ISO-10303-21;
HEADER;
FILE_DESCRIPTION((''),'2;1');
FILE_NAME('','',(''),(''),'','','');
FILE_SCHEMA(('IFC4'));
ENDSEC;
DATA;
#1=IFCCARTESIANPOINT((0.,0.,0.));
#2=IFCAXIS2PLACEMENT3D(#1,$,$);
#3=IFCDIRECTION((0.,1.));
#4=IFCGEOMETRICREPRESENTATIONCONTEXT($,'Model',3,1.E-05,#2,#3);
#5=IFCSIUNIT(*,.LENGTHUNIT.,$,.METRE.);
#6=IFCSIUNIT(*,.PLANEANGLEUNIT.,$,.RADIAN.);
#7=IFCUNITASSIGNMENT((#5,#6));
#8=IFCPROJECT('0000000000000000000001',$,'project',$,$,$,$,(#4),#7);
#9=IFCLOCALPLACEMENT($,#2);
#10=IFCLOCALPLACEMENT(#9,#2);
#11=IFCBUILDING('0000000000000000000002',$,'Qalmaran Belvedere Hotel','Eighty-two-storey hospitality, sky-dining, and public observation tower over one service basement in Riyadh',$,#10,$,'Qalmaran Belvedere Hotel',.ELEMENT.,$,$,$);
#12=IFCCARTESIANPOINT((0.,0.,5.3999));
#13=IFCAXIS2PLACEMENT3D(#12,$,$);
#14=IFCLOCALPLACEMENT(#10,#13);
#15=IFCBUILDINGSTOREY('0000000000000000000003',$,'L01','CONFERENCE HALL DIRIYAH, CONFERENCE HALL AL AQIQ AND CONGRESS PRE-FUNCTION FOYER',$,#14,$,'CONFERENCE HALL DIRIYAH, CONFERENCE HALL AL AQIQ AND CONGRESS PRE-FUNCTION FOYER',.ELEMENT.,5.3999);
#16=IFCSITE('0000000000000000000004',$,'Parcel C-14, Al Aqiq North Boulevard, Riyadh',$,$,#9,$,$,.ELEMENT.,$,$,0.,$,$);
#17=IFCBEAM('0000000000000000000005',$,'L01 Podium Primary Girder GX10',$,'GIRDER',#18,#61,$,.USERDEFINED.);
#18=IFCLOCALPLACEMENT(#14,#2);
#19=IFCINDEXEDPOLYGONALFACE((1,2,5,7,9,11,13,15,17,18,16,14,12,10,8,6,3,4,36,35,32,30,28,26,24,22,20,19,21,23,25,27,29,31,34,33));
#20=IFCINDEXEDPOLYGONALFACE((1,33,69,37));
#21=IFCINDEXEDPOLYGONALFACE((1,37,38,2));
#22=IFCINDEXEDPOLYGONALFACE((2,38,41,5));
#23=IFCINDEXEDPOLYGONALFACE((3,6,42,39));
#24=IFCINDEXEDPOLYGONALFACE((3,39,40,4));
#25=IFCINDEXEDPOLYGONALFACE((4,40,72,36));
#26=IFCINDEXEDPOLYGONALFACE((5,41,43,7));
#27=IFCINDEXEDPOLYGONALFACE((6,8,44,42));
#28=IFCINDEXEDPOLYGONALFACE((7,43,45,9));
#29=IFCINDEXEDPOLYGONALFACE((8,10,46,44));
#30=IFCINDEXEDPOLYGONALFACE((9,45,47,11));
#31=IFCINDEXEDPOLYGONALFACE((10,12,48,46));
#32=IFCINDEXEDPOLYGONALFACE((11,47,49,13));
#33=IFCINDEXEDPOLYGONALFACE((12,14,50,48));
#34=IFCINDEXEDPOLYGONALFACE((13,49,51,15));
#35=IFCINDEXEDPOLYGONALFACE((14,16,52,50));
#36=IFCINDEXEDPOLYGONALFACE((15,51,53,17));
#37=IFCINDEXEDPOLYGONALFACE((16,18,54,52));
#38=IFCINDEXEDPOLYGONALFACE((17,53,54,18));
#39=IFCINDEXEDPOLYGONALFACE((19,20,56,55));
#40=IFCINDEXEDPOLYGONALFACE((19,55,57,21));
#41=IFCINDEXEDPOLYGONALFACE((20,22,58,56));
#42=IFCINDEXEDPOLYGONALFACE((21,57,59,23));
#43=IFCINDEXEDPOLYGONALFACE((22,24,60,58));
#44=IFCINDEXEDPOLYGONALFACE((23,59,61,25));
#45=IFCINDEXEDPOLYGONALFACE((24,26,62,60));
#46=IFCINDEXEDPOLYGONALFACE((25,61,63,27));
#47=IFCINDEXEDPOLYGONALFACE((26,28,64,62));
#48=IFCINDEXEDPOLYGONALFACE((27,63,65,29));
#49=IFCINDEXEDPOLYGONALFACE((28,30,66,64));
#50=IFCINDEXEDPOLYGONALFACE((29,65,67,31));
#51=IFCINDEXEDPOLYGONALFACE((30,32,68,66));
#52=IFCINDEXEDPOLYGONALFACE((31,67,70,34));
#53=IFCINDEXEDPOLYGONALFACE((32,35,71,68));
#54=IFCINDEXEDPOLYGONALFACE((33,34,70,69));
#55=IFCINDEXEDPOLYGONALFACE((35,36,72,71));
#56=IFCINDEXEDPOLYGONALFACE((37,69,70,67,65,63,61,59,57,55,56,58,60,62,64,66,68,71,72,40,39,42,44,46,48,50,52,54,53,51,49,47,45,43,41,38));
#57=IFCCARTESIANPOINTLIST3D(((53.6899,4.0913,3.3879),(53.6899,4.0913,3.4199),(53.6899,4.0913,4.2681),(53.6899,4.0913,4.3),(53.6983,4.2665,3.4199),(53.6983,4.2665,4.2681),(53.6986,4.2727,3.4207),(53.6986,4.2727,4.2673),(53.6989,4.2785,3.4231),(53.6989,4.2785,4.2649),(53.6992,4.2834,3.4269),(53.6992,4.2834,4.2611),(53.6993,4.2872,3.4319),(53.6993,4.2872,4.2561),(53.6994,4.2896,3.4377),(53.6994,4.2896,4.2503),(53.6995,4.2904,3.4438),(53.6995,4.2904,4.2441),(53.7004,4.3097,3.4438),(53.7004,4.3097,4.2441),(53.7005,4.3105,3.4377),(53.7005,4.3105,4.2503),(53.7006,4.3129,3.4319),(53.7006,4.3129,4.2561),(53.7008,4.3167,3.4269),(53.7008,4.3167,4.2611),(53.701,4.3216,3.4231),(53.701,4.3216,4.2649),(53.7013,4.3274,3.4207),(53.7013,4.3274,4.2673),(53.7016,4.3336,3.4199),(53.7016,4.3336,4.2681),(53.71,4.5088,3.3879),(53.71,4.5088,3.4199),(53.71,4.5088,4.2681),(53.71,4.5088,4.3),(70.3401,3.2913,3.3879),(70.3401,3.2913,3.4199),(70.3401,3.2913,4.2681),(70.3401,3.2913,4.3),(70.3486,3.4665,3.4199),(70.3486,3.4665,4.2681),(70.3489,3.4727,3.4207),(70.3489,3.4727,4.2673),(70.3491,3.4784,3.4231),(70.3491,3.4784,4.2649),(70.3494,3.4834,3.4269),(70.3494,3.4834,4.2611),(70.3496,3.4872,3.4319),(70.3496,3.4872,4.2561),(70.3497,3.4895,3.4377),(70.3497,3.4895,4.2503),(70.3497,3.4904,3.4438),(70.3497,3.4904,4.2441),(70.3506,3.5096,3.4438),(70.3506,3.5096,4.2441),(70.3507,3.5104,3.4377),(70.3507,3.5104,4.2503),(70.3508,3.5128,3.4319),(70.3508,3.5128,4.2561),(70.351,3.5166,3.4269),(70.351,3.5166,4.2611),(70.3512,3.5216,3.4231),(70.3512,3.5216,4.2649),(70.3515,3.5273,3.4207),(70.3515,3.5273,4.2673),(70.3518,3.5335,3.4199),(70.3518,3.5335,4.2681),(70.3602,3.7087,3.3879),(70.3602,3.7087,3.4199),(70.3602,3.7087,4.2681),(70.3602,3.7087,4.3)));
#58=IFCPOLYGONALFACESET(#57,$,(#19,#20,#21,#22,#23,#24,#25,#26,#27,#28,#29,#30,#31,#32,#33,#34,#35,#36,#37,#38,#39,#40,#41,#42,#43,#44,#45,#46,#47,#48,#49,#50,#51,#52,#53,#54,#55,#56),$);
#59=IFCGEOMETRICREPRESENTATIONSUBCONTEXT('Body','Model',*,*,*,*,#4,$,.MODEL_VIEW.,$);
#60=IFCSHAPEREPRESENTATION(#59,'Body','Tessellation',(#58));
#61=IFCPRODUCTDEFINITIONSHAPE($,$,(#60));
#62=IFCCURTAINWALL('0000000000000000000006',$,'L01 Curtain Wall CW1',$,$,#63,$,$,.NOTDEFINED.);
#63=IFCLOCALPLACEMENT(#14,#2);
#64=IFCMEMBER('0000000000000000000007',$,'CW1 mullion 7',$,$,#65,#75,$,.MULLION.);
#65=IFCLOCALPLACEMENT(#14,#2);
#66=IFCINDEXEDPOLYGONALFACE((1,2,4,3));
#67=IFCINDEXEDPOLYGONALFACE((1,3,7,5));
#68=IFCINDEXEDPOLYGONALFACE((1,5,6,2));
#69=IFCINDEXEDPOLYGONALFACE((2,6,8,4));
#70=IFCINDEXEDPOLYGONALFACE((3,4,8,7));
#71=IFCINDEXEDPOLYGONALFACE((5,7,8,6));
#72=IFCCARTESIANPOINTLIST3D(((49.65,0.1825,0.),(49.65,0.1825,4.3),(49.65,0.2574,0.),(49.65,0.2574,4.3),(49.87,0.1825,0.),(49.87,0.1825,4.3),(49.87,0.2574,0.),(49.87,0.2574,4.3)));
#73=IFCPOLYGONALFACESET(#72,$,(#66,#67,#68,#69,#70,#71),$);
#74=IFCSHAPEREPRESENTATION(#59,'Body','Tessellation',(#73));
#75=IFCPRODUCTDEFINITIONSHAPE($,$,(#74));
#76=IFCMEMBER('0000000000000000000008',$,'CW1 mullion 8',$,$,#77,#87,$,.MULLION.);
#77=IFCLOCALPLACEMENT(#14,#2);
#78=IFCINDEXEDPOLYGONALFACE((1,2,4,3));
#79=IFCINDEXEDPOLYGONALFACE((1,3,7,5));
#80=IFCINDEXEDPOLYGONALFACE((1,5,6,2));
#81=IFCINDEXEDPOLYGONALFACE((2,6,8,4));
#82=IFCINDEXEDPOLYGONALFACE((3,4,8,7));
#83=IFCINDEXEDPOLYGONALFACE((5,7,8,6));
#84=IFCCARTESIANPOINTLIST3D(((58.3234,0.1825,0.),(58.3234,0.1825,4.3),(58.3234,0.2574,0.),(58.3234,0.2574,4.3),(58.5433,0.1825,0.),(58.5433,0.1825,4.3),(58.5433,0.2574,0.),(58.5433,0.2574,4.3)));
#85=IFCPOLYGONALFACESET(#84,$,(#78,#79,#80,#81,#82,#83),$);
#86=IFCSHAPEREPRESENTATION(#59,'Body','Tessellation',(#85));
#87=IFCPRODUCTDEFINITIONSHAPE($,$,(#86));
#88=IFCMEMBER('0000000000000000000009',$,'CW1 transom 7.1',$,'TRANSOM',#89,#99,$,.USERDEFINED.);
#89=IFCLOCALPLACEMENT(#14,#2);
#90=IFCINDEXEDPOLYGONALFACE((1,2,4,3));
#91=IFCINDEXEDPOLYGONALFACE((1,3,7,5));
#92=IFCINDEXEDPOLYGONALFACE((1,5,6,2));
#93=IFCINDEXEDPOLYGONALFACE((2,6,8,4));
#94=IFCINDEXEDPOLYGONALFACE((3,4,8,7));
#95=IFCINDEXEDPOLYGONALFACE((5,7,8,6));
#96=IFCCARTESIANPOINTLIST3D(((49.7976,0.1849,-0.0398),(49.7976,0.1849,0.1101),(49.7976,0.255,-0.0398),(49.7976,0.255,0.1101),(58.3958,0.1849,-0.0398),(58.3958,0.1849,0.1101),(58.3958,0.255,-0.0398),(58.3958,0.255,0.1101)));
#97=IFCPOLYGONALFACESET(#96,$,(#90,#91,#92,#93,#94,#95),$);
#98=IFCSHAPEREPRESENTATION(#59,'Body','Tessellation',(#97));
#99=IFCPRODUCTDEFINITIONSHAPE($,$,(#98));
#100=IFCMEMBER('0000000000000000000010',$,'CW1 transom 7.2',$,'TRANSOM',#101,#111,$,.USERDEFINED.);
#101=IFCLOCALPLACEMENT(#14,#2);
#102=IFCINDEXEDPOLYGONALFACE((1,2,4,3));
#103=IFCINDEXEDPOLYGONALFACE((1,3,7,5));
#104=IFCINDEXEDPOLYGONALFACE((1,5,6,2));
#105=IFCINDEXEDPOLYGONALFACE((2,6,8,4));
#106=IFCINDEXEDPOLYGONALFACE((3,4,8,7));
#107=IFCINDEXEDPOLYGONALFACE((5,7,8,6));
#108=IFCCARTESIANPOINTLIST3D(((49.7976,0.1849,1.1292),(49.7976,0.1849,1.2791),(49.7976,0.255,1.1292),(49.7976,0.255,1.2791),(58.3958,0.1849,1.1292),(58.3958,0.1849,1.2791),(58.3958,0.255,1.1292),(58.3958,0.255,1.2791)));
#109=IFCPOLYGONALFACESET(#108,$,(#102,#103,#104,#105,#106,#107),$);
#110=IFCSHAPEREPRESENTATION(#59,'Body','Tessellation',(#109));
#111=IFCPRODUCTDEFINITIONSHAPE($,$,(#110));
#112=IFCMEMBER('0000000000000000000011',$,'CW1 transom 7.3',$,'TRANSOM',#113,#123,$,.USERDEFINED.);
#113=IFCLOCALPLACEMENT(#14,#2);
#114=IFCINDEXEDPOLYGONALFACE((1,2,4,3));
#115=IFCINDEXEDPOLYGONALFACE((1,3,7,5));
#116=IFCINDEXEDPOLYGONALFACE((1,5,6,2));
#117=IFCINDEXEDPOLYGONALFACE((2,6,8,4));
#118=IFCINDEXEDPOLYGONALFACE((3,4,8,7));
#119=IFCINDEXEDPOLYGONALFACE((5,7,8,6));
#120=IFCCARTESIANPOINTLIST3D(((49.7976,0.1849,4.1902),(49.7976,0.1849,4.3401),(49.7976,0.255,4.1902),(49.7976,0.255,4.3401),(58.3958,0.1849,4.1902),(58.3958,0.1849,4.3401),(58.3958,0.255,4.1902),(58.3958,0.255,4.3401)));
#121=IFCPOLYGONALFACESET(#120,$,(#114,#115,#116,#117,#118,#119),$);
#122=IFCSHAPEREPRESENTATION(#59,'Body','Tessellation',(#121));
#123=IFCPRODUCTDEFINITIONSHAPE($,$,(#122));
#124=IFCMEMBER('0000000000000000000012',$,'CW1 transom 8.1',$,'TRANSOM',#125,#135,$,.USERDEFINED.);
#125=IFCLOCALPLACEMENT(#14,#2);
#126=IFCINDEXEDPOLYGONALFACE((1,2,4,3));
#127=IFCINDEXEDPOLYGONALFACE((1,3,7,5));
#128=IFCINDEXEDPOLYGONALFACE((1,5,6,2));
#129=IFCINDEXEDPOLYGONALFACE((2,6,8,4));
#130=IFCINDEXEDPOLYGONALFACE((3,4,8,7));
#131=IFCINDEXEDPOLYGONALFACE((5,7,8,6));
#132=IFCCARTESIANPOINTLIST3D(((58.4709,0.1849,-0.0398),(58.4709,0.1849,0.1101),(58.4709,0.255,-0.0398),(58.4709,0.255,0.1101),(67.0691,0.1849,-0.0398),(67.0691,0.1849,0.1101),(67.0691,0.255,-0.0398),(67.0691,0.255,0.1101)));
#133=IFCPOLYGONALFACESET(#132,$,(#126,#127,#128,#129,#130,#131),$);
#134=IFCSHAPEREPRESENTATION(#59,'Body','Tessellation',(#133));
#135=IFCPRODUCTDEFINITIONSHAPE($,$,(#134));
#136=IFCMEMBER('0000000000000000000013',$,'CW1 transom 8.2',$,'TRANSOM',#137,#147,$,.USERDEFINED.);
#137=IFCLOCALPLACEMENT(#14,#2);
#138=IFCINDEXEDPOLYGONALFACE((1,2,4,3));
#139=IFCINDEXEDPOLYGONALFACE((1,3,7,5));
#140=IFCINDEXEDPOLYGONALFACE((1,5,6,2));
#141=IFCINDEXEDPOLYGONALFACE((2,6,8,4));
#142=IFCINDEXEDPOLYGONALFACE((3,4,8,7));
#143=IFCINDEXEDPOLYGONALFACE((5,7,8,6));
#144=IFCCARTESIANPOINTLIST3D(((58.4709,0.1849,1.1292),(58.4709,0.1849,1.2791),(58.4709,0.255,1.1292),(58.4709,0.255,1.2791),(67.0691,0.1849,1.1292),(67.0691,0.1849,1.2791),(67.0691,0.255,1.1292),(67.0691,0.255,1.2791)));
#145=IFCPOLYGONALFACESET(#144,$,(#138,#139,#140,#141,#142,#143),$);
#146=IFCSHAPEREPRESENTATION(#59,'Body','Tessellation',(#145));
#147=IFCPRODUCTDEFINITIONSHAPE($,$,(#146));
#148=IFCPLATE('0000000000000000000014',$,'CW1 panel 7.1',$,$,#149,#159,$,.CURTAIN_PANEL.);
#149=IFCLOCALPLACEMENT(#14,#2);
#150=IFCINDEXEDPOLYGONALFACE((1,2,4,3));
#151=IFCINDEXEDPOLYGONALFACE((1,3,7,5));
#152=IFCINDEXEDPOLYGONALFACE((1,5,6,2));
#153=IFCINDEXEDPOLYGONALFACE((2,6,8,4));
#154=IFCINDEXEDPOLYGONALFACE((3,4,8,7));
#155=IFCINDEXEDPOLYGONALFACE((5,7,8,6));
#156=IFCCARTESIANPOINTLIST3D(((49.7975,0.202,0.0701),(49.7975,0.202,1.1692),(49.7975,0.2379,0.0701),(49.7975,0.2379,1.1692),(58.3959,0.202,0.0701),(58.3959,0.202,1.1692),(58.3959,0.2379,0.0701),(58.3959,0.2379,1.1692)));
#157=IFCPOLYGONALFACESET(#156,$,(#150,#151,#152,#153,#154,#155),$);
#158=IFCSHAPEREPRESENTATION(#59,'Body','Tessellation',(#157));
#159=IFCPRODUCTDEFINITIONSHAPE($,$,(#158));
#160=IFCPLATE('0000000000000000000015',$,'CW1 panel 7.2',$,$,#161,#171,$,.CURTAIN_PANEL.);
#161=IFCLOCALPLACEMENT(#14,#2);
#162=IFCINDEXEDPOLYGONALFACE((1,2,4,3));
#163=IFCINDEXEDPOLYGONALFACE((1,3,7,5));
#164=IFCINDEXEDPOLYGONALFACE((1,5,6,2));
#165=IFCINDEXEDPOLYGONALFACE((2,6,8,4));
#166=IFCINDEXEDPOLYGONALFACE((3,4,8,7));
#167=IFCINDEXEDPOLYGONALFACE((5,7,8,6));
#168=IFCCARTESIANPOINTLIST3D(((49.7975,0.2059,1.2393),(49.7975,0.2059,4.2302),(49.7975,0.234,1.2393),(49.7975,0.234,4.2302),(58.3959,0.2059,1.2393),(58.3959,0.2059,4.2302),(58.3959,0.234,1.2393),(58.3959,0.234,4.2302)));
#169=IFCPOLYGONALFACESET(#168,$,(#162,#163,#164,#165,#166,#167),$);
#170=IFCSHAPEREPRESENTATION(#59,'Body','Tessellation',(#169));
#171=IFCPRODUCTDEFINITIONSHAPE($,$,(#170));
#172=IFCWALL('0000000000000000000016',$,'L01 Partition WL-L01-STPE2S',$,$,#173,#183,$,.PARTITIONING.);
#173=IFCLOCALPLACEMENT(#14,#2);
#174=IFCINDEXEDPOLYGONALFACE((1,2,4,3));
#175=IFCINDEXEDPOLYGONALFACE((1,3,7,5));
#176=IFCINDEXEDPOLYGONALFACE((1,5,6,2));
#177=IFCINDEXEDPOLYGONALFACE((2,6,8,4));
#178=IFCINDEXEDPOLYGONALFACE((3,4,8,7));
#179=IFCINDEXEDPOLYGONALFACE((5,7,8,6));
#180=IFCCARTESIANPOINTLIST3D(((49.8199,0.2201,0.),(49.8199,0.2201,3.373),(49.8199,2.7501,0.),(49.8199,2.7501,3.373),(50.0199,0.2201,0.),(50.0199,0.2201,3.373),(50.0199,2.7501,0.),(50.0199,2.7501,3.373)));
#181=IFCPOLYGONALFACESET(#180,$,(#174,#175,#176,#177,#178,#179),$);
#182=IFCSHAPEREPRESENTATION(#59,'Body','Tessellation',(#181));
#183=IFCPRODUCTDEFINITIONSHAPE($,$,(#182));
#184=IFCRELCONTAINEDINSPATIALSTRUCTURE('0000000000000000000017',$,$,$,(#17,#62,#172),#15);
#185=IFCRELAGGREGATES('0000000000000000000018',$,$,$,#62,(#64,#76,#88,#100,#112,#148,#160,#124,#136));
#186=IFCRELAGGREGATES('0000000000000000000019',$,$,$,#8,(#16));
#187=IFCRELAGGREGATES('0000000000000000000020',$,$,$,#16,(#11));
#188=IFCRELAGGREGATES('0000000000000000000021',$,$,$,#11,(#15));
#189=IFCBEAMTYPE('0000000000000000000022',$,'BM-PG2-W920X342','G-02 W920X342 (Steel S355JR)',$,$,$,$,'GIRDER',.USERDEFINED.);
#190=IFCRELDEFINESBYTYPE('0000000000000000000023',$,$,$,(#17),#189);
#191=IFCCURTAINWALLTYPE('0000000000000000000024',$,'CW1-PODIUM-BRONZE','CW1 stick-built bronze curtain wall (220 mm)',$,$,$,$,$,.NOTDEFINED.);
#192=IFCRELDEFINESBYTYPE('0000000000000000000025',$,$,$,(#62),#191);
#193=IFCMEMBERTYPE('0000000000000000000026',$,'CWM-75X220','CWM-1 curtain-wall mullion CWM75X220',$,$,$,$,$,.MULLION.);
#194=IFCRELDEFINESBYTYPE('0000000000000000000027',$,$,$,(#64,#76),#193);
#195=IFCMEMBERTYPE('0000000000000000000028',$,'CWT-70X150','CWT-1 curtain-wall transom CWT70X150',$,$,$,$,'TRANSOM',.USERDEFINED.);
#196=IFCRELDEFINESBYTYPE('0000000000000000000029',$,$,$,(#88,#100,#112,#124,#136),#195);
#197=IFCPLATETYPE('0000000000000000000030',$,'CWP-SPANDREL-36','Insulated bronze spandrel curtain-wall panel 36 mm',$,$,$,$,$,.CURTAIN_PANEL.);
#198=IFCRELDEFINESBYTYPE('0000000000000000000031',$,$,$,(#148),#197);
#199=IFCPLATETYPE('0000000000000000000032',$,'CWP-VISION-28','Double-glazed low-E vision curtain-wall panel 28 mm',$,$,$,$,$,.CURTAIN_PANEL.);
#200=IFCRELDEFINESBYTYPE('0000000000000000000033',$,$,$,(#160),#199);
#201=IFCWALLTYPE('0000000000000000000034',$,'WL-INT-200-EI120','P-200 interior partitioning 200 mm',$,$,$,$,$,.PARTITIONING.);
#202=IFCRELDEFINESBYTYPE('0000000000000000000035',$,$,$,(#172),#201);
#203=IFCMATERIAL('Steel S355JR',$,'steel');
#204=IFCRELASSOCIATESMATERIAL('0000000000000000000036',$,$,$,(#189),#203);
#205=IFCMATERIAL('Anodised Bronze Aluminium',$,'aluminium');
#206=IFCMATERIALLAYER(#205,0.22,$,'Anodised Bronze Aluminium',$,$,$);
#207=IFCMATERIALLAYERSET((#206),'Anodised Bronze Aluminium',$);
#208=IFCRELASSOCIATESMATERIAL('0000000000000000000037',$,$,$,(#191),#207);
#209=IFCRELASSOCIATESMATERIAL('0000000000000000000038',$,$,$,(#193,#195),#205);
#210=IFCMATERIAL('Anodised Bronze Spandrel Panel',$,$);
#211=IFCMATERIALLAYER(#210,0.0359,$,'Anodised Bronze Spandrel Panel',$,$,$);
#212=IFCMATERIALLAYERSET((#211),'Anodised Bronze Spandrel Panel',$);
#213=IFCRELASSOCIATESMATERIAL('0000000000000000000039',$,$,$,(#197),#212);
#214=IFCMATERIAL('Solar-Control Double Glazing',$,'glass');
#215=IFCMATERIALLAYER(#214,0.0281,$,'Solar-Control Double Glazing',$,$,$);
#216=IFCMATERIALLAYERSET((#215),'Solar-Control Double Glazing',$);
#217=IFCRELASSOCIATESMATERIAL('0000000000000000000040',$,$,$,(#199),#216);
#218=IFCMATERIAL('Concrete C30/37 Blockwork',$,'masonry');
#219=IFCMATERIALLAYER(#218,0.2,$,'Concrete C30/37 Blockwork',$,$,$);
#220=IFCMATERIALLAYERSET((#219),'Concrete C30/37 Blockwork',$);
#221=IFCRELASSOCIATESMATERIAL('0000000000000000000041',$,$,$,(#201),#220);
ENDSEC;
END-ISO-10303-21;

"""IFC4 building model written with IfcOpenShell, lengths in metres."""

from ifc_helpers import new_model, si_unit, direction, frame, frame_2d, origin, origin_2d, place, context, subcontext, project, spatial, rectangle, i_section, extrude, material, layer, layer_set, material_profile, profile_set, type_object, element, aggregate, save


model = new_model("IFC4")

# Units and contexts
model_context = context("Model", 3, precision=1e-05, world=origin(), true_north=direction((0.0, 1.0)))
body_context = subcontext(model_context, "Body", "Model", "MODEL_VIEW")
ifc_project = project(units=[si_unit("LENGTHUNIT", "METRE"), si_unit("PLANEANGLEUNIT", "RADIAN")], contexts=[model_context])

# Site, building, storey
site_placement = place(None, origin())
site = spatial("IfcSite", under=ifc_project, at=site_placement, Name="Parcel C-14, Al Aqiq North Boulevard, Riyadh", CompositionType="ELEMENT", RefElevation=0.0)
building_placement = place(site_placement, origin())
building = spatial("IfcBuilding", under=site, at=building_placement, Name="Qalmaran Belvedere Hotel", Description="Eighty-two-storey hospitality, sky-dining, and public observation tower over one service basement in Riyadh", LongName="Qalmaran Belvedere Hotel", CompositionType="ELEMENT")
storey_placement = place(building_placement, frame((0.0, 0.0, 5.3999)))
storey = spatial("IfcBuildingStorey", under=building, at=storey_placement, Name="L01", Description="CONFERENCE HALL DIRIYAH, CONFERENCE HALL AL AQIQ AND CONGRESS PRE-FUNCTION FOYER", LongName="CONFERENCE HALL DIRIYAH, CONFERENCE HALL AL AQIQ AND CONGRESS PRE-FUNCTION FOYER", CompositionType="ELEMENT", Elevation=5.3999)

# Beam
ifc_material_1 = material(Name="Steel S355JR", Category="steel")
ifc_material_profile_1 = material_profile(ifc_material_1, i_section(OverallWidth=0.418, OverallDepth=0.9121, WebThickness=0.0193, FlangeThickness=0.032, FilletRadius=0.0239, at=origin_2d()), Name="W920X342")
ifc_profile_set_1 = profile_set([ifc_material_profile_1], Name="Steel S355JR")
beam_type_1 = type_object("IfcBeamType", Name="BM-PG2-W920X342", Description="G-02 W920X342 (Steel S355JR)", ElementType="GIRDER", PredefinedType="USERDEFINED", material=ifc_profile_set_1)
beam_1_placement = place(storey_placement, frame((53.7, 4.3, 3.844), z_axis=(0.998848, -0.047995, 0.0), x_axis=(0.047995, 0.998848, 0.0)))
element("IfcBeam", 1, at=beam_1_placement, inside=storey, type_object=beam_type_1, Name="L01 Podium Primary Girder GX10", ObjectType="GIRDER", PredefinedType="USERDEFINED", context=body_context, shape_type="SweptSolid", body=[
    extrude(i_section(OverallWidth=0.418, OverallDepth=0.9121, WebThickness=0.0193, FlangeThickness=0.032, FilletRadius=0.0239, at=origin_2d()), origin(), (0.0, 0.0, 1.0), 16.6694),
])

# Curtain wall, members, plates
ifc_material_2 = material(Name="Anodised Bronze Aluminium", Category="aluminium")
ifc_layer_1 = layer(ifc_material_2, 0.22, Name="Anodised Bronze Aluminium")
ifc_layer_set_1 = layer_set([ifc_layer_1], Name="Anodised Bronze Aluminium")
curtain_wall_type = type_object("IfcCurtainWallType", Name="CW1-PODIUM-BRONZE", Description="CW1 stick-built bronze curtain wall (220 mm)", PredefinedType="NOTDEFINED", material=ifc_layer_set_1)
curtain_wall_placement = place(storey_placement, origin())
curtain_wall = element("IfcCurtainWall", 2, at=curtain_wall_placement, inside=storey, type_object=curtain_wall_type, Name="L01 Curtain Wall CW1", PredefinedType="NOTDEFINED")
ifc_material_profile_2 = material_profile(ifc_material_2, rectangle(XDim=0.075, YDim=0.22, at=origin_2d()), Name="CWM75X220")
ifc_profile_set_2 = profile_set([ifc_material_profile_2], Name="Anodised Bronze Aluminium")
member_type_1 = type_object("IfcMemberType", Name="CWM-75X220", Description="CWM-1 curtain-wall mullion CWM75X220", PredefinedType="MULLION", material=ifc_profile_set_2)
member_1_placement = place(storey_placement, frame((49.76, 0.22, 0.0), z_axis=(0.0, 0.0, 1.0), x_axis=(0.0, 1.0, 0.0)))
member_1 = element("IfcMember", 3, at=member_1_placement, type_object=member_type_1, Name="CW1 mullion 7", PredefinedType="MULLION", context=body_context, shape_type="SweptSolid", body=[
    extrude(rectangle(XDim=0.075, YDim=0.22, at=origin_2d()), origin(), (0.0, 0.0, 1.0), 4.3),
])
member_2_placement = place(storey_placement, frame((58.4333, 0.22, 0.0), z_axis=(0.0, 0.0, 1.0), x_axis=(0.0, 1.0, 0.0)))
member_2 = element("IfcMember", 4, at=member_2_placement, type_object=member_type_1, Name="CW1 mullion 8", PredefinedType="MULLION", context=body_context, shape_type="SweptSolid", body=[
    extrude(rectangle(XDim=0.075, YDim=0.22, at=origin_2d()), origin(), (0.0, 0.0, 1.0), 4.3),
])
ifc_material_profile_3 = material_profile(ifc_material_2, rectangle(XDim=0.0701, YDim=0.1499, at=origin_2d()), Name="CWT70X150")
ifc_profile_set_3 = profile_set([ifc_material_profile_3], Name="Anodised Bronze Aluminium")
member_type_2 = type_object("IfcMemberType", Name="CWT-70X150", Description="CWT-1 curtain-wall transom CWT70X150", ElementType="TRANSOM", PredefinedType="USERDEFINED", material=ifc_profile_set_3)
member_3_placement = place(storey_placement, frame((49.7976, 0.22, 0.0352), z_axis=(1.0, 0.0, 0.0), x_axis=(0.0, 1.0, 0.0)))
member_3 = element("IfcMember", 5, at=member_3_placement, type_object=member_type_2, Name="CW1 transom 7.1", ObjectType="TRANSOM", PredefinedType="USERDEFINED", context=body_context, shape_type="SweptSolid", body=[
    extrude(rectangle(XDim=0.0701, YDim=0.1499, at=origin_2d()), origin(), (0.0, 0.0, 1.0), 8.5981),
])
member_4_placement = place(storey_placement, frame((49.7976, 0.22, 1.2041), z_axis=(1.0, 0.0, 0.0), x_axis=(0.0, 1.0, 0.0)))
member_4 = element("IfcMember", 6, at=member_4_placement, type_object=member_type_2, Name="CW1 transom 7.2", ObjectType="TRANSOM", PredefinedType="USERDEFINED", context=body_context, shape_type="SweptSolid", body=[
    extrude(rectangle(XDim=0.0701, YDim=0.1499, at=origin_2d()), origin(), (0.0, 0.0, 1.0), 8.5981),
])
member_5_placement = place(storey_placement, frame((49.7976, 0.22, 4.2651), z_axis=(1.0, 0.0, 0.0), x_axis=(0.0, 1.0, 0.0)))
member_5 = element("IfcMember", 7, at=member_5_placement, type_object=member_type_2, Name="CW1 transom 7.3", ObjectType="TRANSOM", PredefinedType="USERDEFINED", context=body_context, shape_type="SweptSolid", body=[
    extrude(rectangle(XDim=0.0701, YDim=0.1499, at=origin_2d()), origin(), (0.0, 0.0, 1.0), 8.5981),
])
member_6_placement = place(storey_placement, frame((58.4709, 0.22, 0.0352), z_axis=(1.0, 0.0, 0.0), x_axis=(0.0, 1.0, 0.0)))
member_6 = element("IfcMember", 8, at=member_6_placement, type_object=member_type_2, Name="CW1 transom 8.1", ObjectType="TRANSOM", PredefinedType="USERDEFINED", context=body_context, shape_type="SweptSolid", body=[
    extrude(rectangle(XDim=0.0701, YDim=0.1499, at=origin_2d()), origin(), (0.0, 0.0, 1.0), 8.5981),
])
member_7_placement = place(storey_placement, frame((58.4709, 0.22, 1.2041), z_axis=(1.0, 0.0, 0.0), x_axis=(0.0, 1.0, 0.0)))
member_7 = element("IfcMember", 9, at=member_7_placement, type_object=member_type_2, Name="CW1 transom 8.2", ObjectType="TRANSOM", PredefinedType="USERDEFINED", context=body_context, shape_type="SweptSolid", body=[
    extrude(rectangle(XDim=0.0701, YDim=0.1499, at=origin_2d()), origin(), (0.0, 0.0, 1.0), 8.5981),
])
ifc_material_3 = material(Name="Anodised Bronze Spandrel Panel")
ifc_layer_2 = layer(ifc_material_3, 0.0359, Name="Anodised Bronze Spandrel Panel")
ifc_layer_set_2 = layer_set([ifc_layer_2], Name="Anodised Bronze Spandrel Panel")
plate_type_1 = type_object("IfcPlateType", Name="CWP-SPANDREL-36", Description="Insulated bronze spandrel curtain-wall panel 36 mm", PredefinedType="CURTAIN_PANEL", material=ifc_layer_set_2)
plate_1_placement = place(storey_placement, frame((54.0967, 0.22, 0.0701), z_axis=(0.0, 0.0, 1.0), x_axis=(1.0, 0.0, 0.0)))
plate_1 = element("IfcPlate", 10, at=plate_1_placement, type_object=plate_type_1, Name="CW1 panel 7.1", PredefinedType="CURTAIN_PANEL", context=body_context, shape_type="SweptSolid", body=[
    extrude(rectangle(XDim=8.5984, YDim=0.0359, at=origin_2d()), origin(), (0.0, 0.0, 1.0), 1.0991),
])
ifc_material_4 = material(Name="Solar-Control Double Glazing", Category="glass")
ifc_layer_3 = layer(ifc_material_4, 0.0281, Name="Solar-Control Double Glazing")
ifc_layer_set_3 = layer_set([ifc_layer_3], Name="Solar-Control Double Glazing")
plate_type_2 = type_object("IfcPlateType", Name="CWP-VISION-28", Description="Double-glazed low-E vision curtain-wall panel 28 mm", PredefinedType="CURTAIN_PANEL", material=ifc_layer_set_3)
plate_2_placement = place(storey_placement, frame((54.0967, 0.22, 1.2393), z_axis=(0.0, 0.0, 1.0), x_axis=(1.0, 0.0, 0.0)))
plate_2 = element("IfcPlate", 11, at=plate_2_placement, type_object=plate_type_2, Name="CW1 panel 7.2", PredefinedType="CURTAIN_PANEL", context=body_context, shape_type="SweptSolid", body=[
    extrude(rectangle(XDim=8.5984, YDim=0.0281, at=origin_2d()), origin(), (0.0, 0.0, 1.0), 2.991),
])
aggregate(curtain_wall, [member_1, member_2, member_3, member_4, member_5, plate_1, plate_2, member_6, member_7])

# Shared definitions
ifc_material_5 = material(Name="Concrete C30/37 Blockwork", Category="masonry")
ifc_layer_4 = layer(ifc_material_5, 0.2, Name="Concrete C30/37 Blockwork")
ifc_layer_set_4 = layer_set([ifc_layer_4], Name="Concrete C30/37 Blockwork")
wall_type_1 = type_object("IfcWallType", Name="WL-INT-200-EI120", Description="P-200 interior partitioning 200 mm", PredefinedType="PARTITIONING", material=ifc_layer_set_4)

# Wall
wall_1_placement = place(storey_placement, frame((49.9199, 0.22, 0.0), z_axis=(0.0, 0.0, 1.0), x_axis=(0.0, 1.0, 0.0)))
element("IfcWall", 12, at=wall_1_placement, inside=storey, type_object=wall_type_1, Name="L01 Partition WL-L01-STPE2S", PredefinedType="PARTITIONING", context=body_context, shape_type="SweptSolid", body=[
    extrude(rectangle(XDim=2.53, YDim=0.2, at=frame_2d((1.2651, 0.0))), origin(), (0.0, 0.0, 1.0), 3.373),
])

save(model, "model.ifc")
